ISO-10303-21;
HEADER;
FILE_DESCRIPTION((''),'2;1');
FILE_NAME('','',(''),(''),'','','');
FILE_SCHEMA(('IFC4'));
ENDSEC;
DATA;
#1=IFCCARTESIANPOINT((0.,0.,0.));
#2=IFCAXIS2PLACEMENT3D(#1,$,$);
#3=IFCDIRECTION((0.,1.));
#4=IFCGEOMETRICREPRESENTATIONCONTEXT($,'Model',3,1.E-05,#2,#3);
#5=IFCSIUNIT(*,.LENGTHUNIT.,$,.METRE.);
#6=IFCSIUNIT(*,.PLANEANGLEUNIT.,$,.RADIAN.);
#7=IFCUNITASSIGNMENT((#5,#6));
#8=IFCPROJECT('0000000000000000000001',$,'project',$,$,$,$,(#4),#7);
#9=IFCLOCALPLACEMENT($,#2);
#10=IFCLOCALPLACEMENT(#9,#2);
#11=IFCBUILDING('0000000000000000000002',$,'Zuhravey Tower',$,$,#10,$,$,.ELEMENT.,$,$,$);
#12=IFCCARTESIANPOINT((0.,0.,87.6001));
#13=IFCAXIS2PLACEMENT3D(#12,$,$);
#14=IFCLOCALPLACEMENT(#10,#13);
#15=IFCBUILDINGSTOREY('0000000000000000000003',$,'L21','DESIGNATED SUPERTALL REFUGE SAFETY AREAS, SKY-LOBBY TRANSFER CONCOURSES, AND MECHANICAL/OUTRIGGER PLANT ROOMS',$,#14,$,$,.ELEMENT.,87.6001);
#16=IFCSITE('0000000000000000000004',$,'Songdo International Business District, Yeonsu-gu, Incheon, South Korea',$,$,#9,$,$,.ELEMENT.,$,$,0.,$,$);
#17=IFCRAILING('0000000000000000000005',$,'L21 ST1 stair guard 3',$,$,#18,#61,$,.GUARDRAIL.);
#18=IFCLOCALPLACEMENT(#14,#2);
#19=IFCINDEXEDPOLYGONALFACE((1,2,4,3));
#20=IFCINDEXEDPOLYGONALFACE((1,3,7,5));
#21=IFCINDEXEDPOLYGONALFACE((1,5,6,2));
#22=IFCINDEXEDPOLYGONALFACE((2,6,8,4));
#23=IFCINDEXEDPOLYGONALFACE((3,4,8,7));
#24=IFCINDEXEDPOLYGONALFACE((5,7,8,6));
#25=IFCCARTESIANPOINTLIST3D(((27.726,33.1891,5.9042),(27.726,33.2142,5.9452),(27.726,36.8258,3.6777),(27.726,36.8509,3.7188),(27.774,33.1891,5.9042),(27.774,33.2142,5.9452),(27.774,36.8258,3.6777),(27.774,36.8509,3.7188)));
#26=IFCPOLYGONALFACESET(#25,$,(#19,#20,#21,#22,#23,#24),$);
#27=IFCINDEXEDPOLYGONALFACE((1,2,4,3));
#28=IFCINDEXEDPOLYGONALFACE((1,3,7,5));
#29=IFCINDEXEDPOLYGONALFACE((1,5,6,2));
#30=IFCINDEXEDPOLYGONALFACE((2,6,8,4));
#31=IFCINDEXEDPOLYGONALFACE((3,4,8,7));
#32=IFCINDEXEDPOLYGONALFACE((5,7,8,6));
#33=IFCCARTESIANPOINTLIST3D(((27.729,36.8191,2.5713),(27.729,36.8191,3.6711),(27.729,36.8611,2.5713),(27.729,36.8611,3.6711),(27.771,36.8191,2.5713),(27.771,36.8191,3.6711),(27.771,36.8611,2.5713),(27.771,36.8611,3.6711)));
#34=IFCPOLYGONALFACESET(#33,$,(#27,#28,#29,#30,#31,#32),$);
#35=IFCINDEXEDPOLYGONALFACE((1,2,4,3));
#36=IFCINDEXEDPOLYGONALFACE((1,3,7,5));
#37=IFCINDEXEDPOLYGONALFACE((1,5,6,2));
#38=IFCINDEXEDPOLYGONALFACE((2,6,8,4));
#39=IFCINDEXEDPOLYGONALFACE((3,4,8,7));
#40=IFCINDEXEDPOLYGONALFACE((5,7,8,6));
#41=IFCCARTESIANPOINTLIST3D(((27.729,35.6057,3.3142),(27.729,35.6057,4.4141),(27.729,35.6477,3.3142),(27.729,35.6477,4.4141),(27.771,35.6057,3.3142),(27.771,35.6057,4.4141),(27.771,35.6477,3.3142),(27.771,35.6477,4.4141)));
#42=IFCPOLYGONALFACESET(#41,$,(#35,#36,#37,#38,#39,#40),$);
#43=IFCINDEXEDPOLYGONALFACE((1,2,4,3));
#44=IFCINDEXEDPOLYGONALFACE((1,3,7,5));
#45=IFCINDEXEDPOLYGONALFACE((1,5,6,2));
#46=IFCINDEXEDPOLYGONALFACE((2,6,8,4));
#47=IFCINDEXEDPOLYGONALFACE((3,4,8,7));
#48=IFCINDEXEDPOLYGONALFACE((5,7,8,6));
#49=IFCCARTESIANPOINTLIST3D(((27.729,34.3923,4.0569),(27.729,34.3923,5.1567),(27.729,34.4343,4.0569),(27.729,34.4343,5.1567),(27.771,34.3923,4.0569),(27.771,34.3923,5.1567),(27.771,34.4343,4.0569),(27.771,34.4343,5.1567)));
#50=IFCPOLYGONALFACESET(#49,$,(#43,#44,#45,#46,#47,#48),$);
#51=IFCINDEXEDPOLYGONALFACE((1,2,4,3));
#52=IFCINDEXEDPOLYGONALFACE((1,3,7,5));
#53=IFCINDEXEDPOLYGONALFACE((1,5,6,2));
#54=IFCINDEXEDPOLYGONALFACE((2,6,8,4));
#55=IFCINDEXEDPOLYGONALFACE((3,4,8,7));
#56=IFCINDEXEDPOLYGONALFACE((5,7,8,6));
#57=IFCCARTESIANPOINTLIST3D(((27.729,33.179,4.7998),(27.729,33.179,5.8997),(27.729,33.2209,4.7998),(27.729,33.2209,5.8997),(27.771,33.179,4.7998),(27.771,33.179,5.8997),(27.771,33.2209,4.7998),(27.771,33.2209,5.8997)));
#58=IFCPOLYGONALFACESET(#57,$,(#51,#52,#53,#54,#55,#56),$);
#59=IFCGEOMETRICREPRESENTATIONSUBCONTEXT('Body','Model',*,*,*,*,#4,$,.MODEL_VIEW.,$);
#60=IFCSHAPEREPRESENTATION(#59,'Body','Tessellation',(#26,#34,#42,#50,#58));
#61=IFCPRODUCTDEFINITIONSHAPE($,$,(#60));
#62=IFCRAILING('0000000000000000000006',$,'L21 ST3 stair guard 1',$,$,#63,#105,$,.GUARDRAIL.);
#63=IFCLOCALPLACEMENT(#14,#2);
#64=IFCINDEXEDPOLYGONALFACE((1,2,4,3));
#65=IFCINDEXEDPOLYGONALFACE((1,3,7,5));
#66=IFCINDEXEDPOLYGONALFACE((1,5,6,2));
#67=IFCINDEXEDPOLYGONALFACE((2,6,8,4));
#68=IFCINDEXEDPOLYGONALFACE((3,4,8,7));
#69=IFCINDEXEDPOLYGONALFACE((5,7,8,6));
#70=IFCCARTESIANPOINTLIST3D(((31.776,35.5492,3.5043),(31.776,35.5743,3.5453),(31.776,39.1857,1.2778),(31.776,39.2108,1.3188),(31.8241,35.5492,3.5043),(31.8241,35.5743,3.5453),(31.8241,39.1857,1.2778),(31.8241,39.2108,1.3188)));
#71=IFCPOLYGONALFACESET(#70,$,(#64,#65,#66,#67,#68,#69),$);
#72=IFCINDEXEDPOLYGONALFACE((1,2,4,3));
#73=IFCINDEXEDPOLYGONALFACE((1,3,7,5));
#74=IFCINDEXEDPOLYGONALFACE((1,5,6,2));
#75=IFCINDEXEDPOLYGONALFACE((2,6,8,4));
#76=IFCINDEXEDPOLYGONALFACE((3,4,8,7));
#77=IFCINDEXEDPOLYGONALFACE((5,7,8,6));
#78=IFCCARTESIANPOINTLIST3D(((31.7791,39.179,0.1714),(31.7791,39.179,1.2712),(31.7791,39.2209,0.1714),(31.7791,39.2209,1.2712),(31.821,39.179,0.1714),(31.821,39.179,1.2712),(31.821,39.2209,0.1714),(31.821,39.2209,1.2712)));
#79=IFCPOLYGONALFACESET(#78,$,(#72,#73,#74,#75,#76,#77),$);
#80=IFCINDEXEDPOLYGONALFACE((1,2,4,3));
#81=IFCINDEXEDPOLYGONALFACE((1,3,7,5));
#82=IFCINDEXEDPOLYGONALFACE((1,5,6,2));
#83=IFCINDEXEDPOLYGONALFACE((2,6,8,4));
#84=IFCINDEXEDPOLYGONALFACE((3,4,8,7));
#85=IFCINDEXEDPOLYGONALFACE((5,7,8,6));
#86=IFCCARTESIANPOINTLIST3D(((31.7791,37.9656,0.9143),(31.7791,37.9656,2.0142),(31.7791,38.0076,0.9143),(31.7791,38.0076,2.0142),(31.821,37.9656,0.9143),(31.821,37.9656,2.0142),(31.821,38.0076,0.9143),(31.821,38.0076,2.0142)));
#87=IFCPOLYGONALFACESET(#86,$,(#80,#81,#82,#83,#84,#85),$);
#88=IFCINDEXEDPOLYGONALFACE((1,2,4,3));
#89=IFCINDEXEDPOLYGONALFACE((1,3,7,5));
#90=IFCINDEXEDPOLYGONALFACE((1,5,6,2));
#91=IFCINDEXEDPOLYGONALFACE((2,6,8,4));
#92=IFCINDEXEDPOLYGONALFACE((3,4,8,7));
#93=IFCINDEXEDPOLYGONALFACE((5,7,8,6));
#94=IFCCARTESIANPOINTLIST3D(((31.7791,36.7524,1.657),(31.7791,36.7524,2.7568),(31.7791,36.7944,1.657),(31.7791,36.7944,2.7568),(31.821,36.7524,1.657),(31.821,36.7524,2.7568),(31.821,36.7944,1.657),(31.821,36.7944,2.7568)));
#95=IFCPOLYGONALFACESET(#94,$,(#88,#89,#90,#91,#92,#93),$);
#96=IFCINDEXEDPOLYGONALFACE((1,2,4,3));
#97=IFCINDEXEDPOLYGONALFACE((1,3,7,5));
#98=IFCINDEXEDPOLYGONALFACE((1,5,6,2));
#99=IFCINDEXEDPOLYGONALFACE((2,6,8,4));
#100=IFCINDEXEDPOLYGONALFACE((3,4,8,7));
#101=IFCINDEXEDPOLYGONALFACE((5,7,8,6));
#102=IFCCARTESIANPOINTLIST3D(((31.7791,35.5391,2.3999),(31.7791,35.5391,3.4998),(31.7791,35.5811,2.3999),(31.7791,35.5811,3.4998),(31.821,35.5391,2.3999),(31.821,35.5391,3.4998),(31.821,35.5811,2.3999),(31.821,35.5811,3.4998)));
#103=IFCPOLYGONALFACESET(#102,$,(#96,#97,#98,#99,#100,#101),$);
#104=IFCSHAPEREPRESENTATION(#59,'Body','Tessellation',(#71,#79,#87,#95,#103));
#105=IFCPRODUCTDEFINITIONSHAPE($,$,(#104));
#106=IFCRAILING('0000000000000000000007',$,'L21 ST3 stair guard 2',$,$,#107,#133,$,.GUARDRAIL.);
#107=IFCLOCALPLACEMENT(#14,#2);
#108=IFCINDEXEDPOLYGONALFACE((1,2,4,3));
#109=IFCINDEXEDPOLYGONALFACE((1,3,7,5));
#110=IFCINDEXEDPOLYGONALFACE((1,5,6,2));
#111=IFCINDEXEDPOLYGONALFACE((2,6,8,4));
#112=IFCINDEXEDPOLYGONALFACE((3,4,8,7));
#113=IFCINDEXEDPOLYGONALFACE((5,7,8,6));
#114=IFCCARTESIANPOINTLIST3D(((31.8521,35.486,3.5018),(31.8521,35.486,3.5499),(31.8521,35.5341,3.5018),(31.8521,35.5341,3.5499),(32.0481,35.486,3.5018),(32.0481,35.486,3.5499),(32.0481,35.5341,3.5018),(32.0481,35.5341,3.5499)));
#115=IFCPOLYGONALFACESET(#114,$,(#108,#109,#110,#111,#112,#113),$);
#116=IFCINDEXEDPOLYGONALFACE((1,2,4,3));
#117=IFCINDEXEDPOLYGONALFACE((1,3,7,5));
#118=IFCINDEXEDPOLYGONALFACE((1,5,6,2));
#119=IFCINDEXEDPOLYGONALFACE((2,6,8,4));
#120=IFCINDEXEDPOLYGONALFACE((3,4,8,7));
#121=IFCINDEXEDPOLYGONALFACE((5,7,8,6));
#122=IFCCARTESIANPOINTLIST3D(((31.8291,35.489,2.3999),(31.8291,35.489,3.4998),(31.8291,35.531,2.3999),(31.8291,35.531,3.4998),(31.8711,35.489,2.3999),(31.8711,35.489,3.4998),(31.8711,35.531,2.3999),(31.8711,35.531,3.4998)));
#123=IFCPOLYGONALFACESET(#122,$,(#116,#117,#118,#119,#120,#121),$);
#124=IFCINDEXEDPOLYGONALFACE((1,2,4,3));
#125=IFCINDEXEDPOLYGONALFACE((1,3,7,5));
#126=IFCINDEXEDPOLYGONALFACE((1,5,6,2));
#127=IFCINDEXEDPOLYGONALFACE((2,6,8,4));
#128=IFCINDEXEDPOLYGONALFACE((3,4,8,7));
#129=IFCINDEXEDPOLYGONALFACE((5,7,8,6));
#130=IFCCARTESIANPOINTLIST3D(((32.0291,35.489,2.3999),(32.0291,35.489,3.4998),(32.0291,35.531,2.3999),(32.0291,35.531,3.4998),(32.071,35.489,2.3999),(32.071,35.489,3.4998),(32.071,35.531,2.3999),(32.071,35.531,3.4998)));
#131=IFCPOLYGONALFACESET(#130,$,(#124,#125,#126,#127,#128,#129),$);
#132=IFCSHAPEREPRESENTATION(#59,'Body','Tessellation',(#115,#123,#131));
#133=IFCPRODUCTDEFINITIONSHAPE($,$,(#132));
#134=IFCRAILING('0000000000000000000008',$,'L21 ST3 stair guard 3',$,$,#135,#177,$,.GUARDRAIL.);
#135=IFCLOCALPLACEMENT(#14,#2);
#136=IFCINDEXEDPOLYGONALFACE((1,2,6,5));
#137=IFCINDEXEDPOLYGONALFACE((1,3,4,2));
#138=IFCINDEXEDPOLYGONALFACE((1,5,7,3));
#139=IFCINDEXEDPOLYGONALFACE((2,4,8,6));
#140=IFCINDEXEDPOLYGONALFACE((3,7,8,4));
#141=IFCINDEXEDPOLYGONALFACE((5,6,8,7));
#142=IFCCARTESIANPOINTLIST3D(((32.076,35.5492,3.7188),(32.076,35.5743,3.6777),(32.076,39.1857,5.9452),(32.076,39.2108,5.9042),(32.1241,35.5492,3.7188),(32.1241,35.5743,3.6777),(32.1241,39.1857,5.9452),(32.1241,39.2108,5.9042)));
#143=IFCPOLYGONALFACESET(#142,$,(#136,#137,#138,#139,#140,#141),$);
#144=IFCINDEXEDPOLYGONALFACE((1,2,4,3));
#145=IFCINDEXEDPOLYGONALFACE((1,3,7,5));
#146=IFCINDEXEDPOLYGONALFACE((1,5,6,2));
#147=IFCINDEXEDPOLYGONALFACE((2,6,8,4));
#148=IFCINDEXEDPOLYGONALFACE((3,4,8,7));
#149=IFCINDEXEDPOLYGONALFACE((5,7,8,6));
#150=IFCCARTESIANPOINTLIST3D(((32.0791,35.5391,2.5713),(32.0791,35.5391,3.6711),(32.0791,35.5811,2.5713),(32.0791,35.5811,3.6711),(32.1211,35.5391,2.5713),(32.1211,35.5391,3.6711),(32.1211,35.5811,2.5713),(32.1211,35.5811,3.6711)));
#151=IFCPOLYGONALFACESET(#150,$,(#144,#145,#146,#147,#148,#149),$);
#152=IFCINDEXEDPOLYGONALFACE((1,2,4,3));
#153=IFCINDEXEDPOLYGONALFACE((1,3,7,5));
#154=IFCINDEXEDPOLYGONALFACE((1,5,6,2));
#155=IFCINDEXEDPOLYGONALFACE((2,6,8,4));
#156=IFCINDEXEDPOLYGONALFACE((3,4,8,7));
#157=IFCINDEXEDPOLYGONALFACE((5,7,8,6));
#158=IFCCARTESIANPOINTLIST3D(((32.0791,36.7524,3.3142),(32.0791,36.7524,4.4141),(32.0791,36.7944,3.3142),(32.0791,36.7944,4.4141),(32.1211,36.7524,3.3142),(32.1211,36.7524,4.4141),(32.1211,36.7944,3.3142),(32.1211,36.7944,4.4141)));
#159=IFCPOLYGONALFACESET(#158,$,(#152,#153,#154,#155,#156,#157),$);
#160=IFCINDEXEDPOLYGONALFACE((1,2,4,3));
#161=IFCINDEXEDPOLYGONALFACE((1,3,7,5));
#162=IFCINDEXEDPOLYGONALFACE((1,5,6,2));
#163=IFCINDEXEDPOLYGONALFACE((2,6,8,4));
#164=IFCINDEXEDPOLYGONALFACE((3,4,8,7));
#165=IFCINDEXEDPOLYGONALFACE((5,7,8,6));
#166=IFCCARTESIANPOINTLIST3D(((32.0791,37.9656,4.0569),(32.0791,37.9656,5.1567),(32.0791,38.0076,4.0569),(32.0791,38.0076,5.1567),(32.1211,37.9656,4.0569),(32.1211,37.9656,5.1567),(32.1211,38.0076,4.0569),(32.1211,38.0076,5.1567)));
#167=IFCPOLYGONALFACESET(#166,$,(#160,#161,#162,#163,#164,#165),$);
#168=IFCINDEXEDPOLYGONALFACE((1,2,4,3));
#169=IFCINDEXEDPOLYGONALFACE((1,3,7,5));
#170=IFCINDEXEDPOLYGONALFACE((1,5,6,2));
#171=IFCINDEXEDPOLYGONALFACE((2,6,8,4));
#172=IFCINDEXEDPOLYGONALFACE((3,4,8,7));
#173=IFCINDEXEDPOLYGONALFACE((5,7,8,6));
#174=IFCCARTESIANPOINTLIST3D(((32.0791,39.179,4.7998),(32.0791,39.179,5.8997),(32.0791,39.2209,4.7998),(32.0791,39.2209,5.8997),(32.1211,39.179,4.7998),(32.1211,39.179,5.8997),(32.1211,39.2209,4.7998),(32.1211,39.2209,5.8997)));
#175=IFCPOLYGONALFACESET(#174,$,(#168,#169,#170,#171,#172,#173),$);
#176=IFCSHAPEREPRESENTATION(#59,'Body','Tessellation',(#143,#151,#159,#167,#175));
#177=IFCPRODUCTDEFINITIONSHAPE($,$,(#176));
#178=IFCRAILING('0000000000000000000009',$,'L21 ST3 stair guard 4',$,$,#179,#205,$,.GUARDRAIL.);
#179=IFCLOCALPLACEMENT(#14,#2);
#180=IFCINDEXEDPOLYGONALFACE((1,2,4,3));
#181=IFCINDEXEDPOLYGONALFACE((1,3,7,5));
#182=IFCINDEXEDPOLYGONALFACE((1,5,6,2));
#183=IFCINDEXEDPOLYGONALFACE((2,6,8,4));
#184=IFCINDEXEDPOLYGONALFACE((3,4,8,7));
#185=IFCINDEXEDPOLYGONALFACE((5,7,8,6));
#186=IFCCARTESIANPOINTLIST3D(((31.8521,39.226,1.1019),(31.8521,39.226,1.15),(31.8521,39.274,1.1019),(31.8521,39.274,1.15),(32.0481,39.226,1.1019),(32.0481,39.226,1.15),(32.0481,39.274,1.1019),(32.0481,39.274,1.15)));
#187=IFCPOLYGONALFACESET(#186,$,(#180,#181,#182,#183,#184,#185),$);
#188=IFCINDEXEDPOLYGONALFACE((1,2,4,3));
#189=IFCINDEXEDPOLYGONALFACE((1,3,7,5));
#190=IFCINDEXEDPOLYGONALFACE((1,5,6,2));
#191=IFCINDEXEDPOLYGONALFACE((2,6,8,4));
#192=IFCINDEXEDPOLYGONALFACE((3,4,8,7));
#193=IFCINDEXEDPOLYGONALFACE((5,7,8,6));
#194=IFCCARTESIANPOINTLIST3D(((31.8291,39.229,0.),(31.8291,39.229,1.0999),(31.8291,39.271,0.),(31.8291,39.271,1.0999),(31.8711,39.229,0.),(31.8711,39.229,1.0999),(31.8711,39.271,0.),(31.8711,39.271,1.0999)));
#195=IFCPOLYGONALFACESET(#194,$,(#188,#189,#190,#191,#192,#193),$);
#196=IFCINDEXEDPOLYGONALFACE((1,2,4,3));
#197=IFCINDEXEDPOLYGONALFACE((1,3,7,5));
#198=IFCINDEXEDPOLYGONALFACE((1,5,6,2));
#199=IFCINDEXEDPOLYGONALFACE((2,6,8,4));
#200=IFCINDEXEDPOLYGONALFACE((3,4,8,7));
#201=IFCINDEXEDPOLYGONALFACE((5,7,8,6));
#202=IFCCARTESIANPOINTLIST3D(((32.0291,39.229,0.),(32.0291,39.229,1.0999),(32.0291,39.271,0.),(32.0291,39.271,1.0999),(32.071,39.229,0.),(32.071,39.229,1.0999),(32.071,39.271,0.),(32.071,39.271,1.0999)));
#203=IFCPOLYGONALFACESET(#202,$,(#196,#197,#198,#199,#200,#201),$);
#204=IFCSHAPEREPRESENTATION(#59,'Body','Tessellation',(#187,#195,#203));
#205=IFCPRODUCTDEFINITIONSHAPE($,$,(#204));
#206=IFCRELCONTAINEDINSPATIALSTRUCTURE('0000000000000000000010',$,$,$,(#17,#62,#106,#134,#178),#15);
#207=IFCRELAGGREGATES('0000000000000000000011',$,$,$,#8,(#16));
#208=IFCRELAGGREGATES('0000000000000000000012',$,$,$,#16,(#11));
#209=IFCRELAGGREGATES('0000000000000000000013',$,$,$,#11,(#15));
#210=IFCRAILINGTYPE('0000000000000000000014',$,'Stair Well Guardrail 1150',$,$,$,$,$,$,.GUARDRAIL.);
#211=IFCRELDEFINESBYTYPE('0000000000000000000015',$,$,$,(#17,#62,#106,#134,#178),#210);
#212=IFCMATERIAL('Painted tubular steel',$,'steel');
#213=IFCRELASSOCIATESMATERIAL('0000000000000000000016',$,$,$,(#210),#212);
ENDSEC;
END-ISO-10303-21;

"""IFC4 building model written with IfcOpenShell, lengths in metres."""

from ifc_helpers import new_model, si_unit, direction, frame, origin, origin_2d, place, context, subcontext, project, spatial, rectangle, extrude, material, type_object, element, save


model = new_model("IFC4")

# Units and contexts
model_context = context("Model", 3, precision=1e-05, world=origin(), true_north=direction((0.0, 1.0)))
body_context = subcontext(model_context, "Body", "Model", "MODEL_VIEW")
ifc_project = project(units=[si_unit("LENGTHUNIT", "METRE"), si_unit("PLANEANGLEUNIT", "RADIAN")], contexts=[model_context])

# Site, building, storey
site_placement = place(None, origin())
site = spatial("IfcSite", under=ifc_project, at=site_placement, Name="Songdo International Business District, Yeonsu-gu, Incheon, South Korea", CompositionType="ELEMENT", RefElevation=0.0)
building_placement = place(site_placement, origin())
building = spatial("IfcBuilding", under=site, at=building_placement, Name="Zuhravey Tower", CompositionType="ELEMENT")
storey_placement = place(building_placement, frame((0.0, 0.0, 87.6001)))
storey = spatial("IfcBuildingStorey", under=building, at=storey_placement, Name="L21", Description="DESIGNATED SUPERTALL REFUGE SAFETY AREAS, SKY-LOBBY TRANSFER CONCOURSES, AND MECHANICAL/OUTRIGGER PLANT ROOMS", CompositionType="ELEMENT", Elevation=87.6001)

# Railings
ifc_material_1 = material(Name="Painted tubular steel", Category="steel")
railing_type_1 = type_object("IfcRailingType", Name="Stair Well Guardrail 1150", PredefinedType="GUARDRAIL", material=ifc_material_1)
railing_1_placement = place(storey_placement, frame((27.75, 36.8401, 2.5713)))
element("IfcRailing", 1, at=railing_1_placement, inside=storey, type_object=railing_type_1, Name="L21 ST1 stair guard 3", PredefinedType="GUARDRAIL", context=body_context, shape_type="SweptSolid", body=[
    extrude(rectangle(XDim=0.0481, YDim=0.0481, at=origin_2d()), frame((0.0, -0.0017, 1.127), z_axis=(0.0, -0.852866, 0.52213), x_axis=(1.0, 0.0, 0.0)), (0.0, 0.0, 1.0), 4.2642),
    extrude(rectangle(XDim=0.042, YDim=0.042, at=origin_2d()), origin(), (0.0, 0.0, 1.0), 1.0999),
    extrude(rectangle(XDim=0.042, YDim=0.042, at=origin_2d()), frame((0.0, -1.2134, 0.7429)), (0.0, 0.0, 1.0), 1.0999),
    extrude(rectangle(XDim=0.042, YDim=0.042, at=origin_2d()), frame((0.0, -2.4268, 1.4856)), (0.0, 0.0, 1.0), 1.0999),
    extrude(rectangle(XDim=0.042, YDim=0.042, at=origin_2d()), frame((0.0, -3.6401, 2.2285)), (0.0, 0.0, 1.0), 1.0999),
])
railing_2_placement = place(storey_placement, frame((31.8, 39.2, 0.1714)))
element("IfcRailing", 2, at=railing_2_placement, inside=storey, type_object=railing_type_1, Name="L21 ST3 stair guard 1", PredefinedType="GUARDRAIL", context=body_context, shape_type="SweptSolid", body=[
    extrude(rectangle(XDim=0.0481, YDim=0.0481, at=origin_2d()), frame((0.0, -0.0017, 1.127), z_axis=(0.0, -0.85285, 0.522156), x_axis=(1.0, 0.0, 0.0)), (0.0, 0.0, 1.0), 4.2639),
    extrude(rectangle(XDim=0.042, YDim=0.042, at=origin_2d()), origin(), (0.0, 0.0, 1.0), 1.0999),
    extrude(rectangle(XDim=0.042, YDim=0.042, at=origin_2d()), frame((0.0, -1.2134, 0.7429)), (0.0, 0.0, 1.0), 1.0999),
    extrude(rectangle(XDim=0.042, YDim=0.042, at=origin_2d()), frame((0.0, -2.4265, 1.4856)), (0.0, 0.0, 1.0), 1.0999),
    extrude(rectangle(XDim=0.042, YDim=0.042, at=origin_2d()), frame((0.0, -3.6399, 2.2285)), (0.0, 0.0, 1.0), 1.0999),
])
railing_3_placement = place(storey_placement, frame((31.8501, 35.51, 2.3999)))
element("IfcRailing", 3, at=railing_3_placement, inside=storey, type_object=railing_type_1, Name="L21 ST3 stair guard 2", PredefinedType="GUARDRAIL", context=body_context, shape_type="SweptSolid", body=[
    extrude(rectangle(XDim=0.0481, YDim=0.0481, at=origin_2d()), frame((0.002, 0.0, 1.126), z_axis=(1.0, 0.0, 0.0), x_axis=(0.0, 1.0, 0.0)), (0.0, 0.0, 1.0), 0.196),
    extrude(rectangle(XDim=0.042, YDim=0.042, at=origin_2d()), origin(), (0.0, 0.0, 1.0), 1.0999),
    extrude(rectangle(XDim=0.042, YDim=0.042, at=origin_2d()), frame((0.2, 0.0, 0.0)), (0.0, 0.0, 1.0), 1.0999),
])
railing_4_placement = place(storey_placement, frame((32.1001, 35.5601, 2.5713)))
element("IfcRailing", 4, at=railing_4_placement, inside=storey, type_object=railing_type_1, Name="L21 ST3 stair guard 3", PredefinedType="GUARDRAIL", context=body_context, shape_type="SweptSolid", body=[
    extrude(rectangle(XDim=0.0481, YDim=0.0481, at=origin_2d()), frame((0.0, 0.0017, 1.127), z_axis=(0.0, 0.85285, 0.522156), x_axis=(-1.0, 0.0, 0.0)), (0.0, 0.0, 1.0), 4.2639),
    extrude(rectangle(XDim=0.042, YDim=0.042, at=origin_2d()), origin(), (0.0, 0.0, 1.0), 1.0999),
    extrude(rectangle(XDim=0.042, YDim=0.042, at=origin_2d()), frame((0.0, 1.2134, 0.7429)), (0.0, 0.0, 1.0), 1.0999),
    extrude(rectangle(XDim=0.042, YDim=0.042, at=origin_2d()), frame((0.0, 2.4265, 1.4856)), (0.0, 0.0, 1.0), 1.0999),
    extrude(rectangle(XDim=0.042, YDim=0.042, at=origin_2d()), frame((0.0, 3.6399, 2.2285)), (0.0, 0.0, 1.0), 1.0999),
])
railing_5_placement = place(storey_placement, frame((31.8501, 39.25, 0.0)))
element("IfcRailing", 5, at=railing_5_placement, inside=storey, type_object=railing_type_1, Name="L21 ST3 stair guard 4", PredefinedType="GUARDRAIL", context=body_context, shape_type="SweptSolid", body=[
    extrude(rectangle(XDim=0.0481, YDim=0.0481, at=origin_2d()), frame((0.002, 0.0, 1.126), z_axis=(1.0, 0.0, 0.0), x_axis=(0.0, 1.0, 0.0)), (0.0, 0.0, 1.0), 0.196),
    extrude(rectangle(XDim=0.042, YDim=0.042, at=origin_2d()), origin(), (0.0, 0.0, 1.0), 1.0999),
    extrude(rectangle(XDim=0.042, YDim=0.042, at=origin_2d()), frame((0.2, 0.0, 0.0)), (0.0, 0.0, 1.0), 1.0999),
])

save(model, "model.ifc")
